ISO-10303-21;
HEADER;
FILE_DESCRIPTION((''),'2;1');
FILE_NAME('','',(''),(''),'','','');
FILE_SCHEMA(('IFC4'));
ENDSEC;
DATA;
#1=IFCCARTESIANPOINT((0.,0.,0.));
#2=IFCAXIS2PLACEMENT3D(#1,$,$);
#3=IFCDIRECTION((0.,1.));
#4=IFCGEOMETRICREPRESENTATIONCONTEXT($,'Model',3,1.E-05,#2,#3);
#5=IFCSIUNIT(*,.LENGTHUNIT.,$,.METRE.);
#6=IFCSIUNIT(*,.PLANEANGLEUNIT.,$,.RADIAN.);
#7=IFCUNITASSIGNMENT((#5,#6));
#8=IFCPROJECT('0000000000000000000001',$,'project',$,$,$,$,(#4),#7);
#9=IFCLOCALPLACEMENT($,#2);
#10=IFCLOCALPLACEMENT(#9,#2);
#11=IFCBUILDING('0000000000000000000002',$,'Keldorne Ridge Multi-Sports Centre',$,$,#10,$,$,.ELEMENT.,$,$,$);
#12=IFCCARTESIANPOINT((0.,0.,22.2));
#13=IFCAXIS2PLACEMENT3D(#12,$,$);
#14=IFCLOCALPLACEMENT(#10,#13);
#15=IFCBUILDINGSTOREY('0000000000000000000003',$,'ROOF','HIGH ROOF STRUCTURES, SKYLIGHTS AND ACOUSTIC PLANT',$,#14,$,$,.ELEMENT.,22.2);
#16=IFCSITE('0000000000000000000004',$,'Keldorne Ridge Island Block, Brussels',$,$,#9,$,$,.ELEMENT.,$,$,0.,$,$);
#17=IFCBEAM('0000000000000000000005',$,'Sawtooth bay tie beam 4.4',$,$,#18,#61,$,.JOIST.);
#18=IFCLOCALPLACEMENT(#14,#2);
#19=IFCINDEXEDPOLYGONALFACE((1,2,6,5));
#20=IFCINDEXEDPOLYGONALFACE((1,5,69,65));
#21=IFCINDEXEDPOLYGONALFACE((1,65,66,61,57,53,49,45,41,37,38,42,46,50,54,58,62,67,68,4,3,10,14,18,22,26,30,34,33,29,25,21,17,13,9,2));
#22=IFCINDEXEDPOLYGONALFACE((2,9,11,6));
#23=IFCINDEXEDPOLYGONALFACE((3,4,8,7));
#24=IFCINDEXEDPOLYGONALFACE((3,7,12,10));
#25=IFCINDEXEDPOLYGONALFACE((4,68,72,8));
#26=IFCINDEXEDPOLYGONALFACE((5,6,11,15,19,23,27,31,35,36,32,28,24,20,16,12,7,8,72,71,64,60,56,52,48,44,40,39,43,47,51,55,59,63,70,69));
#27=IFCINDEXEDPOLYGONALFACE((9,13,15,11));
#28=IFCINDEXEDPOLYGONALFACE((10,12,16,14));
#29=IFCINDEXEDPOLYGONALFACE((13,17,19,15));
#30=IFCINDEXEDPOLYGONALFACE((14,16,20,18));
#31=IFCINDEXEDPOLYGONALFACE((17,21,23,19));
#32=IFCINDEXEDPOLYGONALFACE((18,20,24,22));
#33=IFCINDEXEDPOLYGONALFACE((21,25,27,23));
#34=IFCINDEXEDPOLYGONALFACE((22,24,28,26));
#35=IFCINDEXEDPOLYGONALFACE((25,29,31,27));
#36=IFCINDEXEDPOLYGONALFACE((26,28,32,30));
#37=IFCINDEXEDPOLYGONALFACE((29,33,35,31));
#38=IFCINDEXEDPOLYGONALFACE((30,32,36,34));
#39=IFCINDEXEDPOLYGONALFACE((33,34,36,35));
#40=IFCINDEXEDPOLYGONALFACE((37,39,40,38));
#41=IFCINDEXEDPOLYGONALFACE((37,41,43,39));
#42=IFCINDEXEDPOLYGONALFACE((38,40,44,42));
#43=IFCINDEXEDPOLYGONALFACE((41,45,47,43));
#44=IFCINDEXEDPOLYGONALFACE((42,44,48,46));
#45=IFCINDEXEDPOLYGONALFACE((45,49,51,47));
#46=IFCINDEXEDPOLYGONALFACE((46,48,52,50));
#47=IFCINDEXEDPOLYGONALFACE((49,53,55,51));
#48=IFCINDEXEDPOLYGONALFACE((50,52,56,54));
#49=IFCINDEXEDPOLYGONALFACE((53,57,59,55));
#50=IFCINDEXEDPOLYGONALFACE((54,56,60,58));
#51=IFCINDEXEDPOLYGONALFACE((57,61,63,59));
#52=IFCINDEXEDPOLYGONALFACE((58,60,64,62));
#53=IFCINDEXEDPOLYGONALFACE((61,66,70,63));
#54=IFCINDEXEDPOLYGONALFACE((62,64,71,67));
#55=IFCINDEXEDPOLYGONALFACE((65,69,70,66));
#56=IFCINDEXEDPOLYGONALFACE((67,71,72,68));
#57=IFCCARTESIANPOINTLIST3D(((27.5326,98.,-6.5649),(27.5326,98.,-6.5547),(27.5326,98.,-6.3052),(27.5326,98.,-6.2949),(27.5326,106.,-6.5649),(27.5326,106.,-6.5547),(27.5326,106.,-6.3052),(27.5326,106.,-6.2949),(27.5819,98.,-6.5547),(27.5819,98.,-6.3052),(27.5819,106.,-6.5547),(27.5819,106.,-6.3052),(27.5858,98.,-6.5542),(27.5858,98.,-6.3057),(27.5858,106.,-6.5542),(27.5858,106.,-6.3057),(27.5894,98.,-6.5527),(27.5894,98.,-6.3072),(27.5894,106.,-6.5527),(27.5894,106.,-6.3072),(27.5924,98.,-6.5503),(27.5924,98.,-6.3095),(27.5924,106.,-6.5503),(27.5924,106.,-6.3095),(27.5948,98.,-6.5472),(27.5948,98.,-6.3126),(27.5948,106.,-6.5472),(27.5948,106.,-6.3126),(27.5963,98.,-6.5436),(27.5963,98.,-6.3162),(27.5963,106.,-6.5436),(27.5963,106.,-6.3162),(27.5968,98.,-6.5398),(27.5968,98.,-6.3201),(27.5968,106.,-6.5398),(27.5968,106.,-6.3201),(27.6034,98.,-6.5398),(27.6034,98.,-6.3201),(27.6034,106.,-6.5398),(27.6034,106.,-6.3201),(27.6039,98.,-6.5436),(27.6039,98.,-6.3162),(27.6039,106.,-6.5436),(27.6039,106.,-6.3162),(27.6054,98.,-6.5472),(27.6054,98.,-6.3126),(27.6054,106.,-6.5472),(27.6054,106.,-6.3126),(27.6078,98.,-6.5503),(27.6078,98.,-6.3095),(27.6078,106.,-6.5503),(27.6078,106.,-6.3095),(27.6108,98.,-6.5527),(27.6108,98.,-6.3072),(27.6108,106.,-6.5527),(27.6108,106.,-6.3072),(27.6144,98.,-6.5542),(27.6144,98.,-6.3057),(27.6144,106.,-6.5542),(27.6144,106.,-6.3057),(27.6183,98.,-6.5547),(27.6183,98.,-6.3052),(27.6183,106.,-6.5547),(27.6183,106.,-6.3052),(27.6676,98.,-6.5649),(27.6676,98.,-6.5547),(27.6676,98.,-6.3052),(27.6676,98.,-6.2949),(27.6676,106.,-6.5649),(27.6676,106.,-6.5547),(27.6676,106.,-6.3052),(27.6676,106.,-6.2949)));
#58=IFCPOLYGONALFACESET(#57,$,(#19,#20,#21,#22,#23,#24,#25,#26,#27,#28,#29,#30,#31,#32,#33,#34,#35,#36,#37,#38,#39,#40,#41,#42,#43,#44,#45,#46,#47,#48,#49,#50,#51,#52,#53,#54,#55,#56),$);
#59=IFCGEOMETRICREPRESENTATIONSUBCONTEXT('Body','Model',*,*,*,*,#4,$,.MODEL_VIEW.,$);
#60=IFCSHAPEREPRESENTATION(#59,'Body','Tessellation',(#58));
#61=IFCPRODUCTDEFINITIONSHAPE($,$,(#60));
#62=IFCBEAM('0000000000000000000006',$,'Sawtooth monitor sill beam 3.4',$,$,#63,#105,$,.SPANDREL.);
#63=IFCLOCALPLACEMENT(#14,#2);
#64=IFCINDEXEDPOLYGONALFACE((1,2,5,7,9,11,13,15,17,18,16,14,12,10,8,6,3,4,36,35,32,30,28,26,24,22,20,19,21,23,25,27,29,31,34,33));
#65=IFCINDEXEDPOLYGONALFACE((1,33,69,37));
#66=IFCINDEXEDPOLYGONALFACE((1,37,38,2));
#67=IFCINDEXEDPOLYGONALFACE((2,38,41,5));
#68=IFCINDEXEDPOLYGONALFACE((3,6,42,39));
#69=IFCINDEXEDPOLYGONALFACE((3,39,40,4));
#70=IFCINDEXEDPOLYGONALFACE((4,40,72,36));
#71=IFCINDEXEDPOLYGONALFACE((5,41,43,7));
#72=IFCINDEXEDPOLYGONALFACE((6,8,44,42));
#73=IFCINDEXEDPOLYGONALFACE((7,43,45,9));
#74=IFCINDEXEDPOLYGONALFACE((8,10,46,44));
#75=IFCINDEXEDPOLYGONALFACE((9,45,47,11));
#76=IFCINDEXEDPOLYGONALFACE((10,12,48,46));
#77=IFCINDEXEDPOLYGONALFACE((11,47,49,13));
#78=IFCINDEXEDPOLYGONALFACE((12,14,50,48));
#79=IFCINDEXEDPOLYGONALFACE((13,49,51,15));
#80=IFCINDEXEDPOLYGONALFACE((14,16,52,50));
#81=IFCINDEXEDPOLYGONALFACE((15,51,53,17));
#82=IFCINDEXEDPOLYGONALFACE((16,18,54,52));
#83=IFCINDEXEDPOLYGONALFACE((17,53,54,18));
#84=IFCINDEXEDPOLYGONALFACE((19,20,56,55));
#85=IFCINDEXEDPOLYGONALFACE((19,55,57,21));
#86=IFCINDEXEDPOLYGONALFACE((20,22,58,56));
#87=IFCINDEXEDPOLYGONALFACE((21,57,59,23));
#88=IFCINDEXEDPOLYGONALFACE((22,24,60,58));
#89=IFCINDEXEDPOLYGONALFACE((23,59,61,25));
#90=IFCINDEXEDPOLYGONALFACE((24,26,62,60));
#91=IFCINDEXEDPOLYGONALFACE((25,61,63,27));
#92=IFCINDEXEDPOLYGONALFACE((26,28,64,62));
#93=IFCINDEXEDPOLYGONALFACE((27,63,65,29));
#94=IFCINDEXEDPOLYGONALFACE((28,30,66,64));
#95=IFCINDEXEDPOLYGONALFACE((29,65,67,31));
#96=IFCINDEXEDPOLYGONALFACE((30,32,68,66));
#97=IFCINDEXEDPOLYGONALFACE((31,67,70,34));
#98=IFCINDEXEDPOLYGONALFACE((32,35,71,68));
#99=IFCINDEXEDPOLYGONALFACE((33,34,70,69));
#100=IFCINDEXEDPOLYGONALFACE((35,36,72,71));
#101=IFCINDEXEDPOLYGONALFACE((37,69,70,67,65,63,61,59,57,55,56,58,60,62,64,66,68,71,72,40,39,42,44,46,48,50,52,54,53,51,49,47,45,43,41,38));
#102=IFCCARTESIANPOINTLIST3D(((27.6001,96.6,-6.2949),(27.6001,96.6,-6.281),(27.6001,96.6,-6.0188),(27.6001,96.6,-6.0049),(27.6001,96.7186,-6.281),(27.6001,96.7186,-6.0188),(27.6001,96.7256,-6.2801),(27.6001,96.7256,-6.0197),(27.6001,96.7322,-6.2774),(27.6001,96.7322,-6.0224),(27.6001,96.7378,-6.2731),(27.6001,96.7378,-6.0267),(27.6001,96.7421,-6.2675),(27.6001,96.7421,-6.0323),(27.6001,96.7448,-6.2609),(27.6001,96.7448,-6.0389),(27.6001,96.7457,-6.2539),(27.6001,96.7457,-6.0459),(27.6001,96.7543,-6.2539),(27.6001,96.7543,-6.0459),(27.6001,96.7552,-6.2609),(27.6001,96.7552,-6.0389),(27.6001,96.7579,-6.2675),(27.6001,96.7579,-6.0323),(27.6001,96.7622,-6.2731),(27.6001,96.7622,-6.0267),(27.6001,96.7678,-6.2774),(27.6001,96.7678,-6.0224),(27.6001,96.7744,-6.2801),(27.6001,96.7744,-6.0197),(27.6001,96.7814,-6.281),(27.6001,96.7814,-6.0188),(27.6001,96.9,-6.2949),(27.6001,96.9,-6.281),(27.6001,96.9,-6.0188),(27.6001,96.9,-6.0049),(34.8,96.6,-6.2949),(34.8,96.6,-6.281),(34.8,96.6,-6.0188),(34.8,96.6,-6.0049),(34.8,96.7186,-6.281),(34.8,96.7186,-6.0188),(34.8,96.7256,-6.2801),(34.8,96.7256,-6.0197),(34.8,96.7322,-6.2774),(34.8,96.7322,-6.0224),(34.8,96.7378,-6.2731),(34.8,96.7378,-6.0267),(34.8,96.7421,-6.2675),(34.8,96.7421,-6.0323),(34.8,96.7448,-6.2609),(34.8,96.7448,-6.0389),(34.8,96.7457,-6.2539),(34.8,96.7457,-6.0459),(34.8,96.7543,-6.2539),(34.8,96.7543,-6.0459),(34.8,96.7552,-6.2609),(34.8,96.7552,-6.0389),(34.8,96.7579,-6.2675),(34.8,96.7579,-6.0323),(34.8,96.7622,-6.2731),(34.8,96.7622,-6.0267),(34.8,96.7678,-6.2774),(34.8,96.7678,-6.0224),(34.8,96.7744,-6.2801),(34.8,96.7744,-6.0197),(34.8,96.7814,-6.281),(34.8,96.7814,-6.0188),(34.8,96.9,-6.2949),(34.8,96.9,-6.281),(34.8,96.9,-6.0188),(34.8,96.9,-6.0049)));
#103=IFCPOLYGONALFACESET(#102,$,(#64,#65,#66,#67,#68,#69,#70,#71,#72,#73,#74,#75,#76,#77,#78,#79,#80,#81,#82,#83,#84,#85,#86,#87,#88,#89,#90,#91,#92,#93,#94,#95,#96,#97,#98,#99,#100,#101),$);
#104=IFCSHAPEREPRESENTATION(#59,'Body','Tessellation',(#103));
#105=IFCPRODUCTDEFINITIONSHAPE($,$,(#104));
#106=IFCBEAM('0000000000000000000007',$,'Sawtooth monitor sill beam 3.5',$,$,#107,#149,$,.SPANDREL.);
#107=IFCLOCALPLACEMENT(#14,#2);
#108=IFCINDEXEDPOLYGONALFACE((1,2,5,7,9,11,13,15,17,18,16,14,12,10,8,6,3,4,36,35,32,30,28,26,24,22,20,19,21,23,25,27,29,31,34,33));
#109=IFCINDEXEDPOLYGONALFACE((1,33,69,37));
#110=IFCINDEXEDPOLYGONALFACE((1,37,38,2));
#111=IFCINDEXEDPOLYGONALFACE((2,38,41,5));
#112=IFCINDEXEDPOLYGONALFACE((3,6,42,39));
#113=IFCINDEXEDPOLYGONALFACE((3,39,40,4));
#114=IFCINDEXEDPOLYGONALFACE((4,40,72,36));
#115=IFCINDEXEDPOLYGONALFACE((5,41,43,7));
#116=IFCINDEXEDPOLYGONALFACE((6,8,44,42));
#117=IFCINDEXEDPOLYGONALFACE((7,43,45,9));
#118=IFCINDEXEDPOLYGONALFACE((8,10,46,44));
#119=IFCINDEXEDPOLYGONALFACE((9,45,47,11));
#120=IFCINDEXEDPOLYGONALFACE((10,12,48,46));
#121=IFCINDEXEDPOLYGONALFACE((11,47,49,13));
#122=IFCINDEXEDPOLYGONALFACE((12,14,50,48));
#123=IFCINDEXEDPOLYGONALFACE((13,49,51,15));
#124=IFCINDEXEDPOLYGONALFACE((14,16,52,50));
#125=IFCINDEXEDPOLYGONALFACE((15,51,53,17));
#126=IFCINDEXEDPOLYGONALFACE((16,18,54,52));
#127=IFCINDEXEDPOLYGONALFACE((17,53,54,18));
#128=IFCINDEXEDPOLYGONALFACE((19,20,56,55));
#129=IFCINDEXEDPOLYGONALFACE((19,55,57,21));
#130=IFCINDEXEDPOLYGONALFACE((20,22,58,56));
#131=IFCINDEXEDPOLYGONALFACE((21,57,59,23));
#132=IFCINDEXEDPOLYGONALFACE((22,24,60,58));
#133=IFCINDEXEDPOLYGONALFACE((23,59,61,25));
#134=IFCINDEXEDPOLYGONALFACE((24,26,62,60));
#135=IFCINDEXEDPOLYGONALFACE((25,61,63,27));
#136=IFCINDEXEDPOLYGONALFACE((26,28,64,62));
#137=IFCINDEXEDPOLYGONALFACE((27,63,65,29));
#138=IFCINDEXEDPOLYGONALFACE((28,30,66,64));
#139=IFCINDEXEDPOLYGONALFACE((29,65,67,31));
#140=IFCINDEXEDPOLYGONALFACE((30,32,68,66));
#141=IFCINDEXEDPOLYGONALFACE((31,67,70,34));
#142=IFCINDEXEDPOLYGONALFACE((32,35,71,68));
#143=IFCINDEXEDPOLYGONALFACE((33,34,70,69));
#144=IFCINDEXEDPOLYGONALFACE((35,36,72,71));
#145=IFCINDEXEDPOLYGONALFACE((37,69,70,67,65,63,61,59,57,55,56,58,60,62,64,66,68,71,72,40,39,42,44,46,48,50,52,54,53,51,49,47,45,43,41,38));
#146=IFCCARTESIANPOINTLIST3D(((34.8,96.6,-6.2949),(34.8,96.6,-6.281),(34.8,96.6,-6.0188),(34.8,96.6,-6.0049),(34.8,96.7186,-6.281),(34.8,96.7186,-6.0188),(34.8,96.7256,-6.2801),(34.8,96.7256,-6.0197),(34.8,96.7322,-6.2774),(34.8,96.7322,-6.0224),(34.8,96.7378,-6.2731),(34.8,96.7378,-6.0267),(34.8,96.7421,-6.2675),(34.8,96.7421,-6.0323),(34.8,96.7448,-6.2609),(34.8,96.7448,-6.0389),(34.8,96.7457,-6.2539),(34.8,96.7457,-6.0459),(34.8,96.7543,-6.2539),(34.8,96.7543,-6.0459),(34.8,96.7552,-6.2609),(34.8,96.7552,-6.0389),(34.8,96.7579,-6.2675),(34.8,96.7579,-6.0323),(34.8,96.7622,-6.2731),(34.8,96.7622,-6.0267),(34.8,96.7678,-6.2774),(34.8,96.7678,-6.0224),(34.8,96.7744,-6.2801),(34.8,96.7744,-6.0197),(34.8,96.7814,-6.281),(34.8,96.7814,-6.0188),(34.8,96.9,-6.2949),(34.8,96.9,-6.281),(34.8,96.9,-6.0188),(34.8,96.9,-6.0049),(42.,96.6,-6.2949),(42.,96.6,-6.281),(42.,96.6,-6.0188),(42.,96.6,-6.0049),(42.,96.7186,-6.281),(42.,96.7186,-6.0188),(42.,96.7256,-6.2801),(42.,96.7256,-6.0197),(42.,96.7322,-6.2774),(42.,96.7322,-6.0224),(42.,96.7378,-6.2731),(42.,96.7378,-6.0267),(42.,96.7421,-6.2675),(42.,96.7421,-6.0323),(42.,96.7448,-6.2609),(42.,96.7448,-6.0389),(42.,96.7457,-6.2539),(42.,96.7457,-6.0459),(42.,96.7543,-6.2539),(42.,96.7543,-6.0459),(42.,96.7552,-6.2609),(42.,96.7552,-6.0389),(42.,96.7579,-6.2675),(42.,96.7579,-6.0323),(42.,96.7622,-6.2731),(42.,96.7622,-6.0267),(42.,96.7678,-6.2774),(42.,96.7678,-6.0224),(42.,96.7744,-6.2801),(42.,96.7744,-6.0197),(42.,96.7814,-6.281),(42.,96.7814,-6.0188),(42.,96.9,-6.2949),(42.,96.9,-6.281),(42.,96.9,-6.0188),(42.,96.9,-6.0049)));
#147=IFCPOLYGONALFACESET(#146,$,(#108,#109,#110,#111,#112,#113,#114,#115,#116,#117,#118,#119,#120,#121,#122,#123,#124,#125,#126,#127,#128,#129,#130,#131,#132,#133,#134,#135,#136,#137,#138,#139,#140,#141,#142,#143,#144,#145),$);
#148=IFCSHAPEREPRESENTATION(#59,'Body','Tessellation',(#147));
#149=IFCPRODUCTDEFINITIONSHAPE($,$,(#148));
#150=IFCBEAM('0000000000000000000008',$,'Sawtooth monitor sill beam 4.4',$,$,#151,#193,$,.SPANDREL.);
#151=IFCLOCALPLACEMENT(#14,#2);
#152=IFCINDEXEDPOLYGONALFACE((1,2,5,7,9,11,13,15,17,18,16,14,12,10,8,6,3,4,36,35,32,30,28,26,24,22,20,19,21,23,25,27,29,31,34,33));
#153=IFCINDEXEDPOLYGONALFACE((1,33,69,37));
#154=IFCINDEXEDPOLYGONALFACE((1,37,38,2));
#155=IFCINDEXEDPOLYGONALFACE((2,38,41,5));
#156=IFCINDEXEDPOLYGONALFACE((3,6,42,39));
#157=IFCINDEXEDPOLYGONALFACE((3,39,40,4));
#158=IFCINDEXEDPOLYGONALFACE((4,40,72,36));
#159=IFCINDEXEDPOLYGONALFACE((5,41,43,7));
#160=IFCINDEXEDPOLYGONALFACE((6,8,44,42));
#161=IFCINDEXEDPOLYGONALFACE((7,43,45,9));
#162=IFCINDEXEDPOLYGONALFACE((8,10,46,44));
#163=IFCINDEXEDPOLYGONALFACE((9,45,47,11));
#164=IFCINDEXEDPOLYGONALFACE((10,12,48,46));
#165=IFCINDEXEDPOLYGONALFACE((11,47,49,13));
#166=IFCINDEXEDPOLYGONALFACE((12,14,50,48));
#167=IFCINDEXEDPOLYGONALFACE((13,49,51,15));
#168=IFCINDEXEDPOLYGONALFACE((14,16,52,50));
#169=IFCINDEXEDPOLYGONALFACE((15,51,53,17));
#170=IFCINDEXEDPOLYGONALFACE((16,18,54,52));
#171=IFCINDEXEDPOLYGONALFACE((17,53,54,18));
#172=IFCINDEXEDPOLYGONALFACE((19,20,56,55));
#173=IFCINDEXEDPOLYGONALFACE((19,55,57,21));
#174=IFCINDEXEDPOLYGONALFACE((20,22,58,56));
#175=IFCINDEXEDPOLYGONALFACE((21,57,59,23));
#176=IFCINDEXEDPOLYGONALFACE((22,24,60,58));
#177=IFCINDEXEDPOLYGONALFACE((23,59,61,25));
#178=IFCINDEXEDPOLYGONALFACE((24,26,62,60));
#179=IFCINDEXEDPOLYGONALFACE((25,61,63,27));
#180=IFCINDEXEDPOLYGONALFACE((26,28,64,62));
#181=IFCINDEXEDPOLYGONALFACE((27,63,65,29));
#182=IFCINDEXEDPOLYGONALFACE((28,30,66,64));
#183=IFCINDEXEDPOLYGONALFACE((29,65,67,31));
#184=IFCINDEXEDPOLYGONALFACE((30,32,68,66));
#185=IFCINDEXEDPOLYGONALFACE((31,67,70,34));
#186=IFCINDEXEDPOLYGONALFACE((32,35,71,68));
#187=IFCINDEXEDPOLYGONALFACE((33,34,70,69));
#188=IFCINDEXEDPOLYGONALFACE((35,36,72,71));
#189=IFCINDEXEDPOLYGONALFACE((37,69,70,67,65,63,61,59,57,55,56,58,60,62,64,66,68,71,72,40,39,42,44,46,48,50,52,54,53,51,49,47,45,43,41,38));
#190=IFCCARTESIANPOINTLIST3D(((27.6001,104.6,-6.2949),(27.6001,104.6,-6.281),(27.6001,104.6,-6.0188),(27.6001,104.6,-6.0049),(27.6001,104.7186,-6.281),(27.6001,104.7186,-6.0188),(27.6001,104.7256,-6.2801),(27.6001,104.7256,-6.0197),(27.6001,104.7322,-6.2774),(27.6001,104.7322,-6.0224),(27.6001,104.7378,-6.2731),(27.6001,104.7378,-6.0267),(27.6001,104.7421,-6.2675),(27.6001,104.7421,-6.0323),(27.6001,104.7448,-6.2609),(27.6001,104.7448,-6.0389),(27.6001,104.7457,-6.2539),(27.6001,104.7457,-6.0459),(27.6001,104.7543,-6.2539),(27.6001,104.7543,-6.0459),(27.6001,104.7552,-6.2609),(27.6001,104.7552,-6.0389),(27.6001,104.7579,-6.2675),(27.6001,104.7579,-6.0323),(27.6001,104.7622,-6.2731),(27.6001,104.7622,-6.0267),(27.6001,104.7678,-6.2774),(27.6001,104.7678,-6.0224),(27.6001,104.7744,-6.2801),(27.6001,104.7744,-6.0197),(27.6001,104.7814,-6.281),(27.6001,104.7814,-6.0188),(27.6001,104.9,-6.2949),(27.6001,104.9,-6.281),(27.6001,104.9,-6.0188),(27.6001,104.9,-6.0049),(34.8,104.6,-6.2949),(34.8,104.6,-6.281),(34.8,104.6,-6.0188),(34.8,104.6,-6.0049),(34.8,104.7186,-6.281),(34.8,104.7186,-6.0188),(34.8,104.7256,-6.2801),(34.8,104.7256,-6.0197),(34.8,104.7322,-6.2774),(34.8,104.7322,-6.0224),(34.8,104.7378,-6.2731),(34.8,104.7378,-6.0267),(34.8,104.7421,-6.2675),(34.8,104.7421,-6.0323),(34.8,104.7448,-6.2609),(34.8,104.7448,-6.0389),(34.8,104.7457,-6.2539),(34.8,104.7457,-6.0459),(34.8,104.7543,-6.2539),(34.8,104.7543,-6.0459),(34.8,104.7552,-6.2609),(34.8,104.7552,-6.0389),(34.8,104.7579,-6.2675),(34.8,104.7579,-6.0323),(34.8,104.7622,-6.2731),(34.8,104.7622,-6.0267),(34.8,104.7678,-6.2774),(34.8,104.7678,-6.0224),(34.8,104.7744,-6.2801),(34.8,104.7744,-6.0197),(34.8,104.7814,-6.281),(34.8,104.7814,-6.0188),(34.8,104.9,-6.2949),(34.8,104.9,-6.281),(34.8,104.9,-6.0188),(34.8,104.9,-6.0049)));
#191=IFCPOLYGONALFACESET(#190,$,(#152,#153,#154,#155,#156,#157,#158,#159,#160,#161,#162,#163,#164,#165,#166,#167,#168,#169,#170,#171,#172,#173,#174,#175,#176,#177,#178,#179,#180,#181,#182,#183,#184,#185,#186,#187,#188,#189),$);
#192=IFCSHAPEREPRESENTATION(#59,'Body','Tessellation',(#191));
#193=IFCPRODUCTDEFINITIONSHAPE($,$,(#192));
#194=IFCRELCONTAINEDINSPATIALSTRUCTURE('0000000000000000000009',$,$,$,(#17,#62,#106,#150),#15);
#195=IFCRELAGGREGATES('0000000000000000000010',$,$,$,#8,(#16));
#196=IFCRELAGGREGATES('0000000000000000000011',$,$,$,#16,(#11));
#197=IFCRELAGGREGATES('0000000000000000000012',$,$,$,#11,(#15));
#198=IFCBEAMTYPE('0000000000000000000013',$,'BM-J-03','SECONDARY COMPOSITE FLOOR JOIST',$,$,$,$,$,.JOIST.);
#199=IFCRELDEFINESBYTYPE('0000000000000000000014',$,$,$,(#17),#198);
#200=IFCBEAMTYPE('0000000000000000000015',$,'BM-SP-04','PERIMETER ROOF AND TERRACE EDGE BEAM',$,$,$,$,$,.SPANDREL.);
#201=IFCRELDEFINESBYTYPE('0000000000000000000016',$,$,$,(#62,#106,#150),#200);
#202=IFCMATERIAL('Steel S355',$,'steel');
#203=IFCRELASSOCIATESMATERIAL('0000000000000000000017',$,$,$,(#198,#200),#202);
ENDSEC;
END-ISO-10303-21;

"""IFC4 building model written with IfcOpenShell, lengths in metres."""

from ifc_helpers import new_model, si_unit, direction, frame, origin, origin_2d, place, context, subcontext, project, spatial, i_section, extrude, material, material_profile, profile_set, type_object, element, save


model = new_model("IFC4")

# Units and contexts
model_context = context("Model", 3, precision=1e-05, world=origin(), true_north=direction((0.0, 1.0)))
body_context = subcontext(model_context, "Body", "Model", "MODEL_VIEW")
ifc_project = project(units=[si_unit("LENGTHUNIT", "METRE"), si_unit("PLANEANGLEUNIT", "RADIAN")], contexts=[model_context])

# Site, building, storey
site_placement = place(None, origin())
site = spatial("IfcSite", under=ifc_project, at=site_placement, Name="Keldorne Ridge Island Block, Brussels", CompositionType="ELEMENT", RefElevation=0.0)
building_placement = place(site_placement, origin())
building = spatial("IfcBuilding", under=site, at=building_placement, Name="Keldorne Ridge Multi-Sports Centre", CompositionType="ELEMENT")
storey_placement = place(building_placement, frame((0.0, 0.0, 22.2)))
storey = spatial("IfcBuildingStorey", under=building, at=storey_placement, Name="ROOF", Description="HIGH ROOF STRUCTURES, SKYLIGHTS AND ACOUSTIC PLANT", CompositionType="ELEMENT", Elevation=22.2)

# Beams
ifc_material_1 = material(Name="Steel S355", Category="steel")
ifc_material_profile_1 = material_profile(ifc_material_1, i_section(OverallWidth=0.135, OverallDepth=0.27, WebThickness=0.0066, FlangeThickness=0.0103, FilletRadius=0.0149, at=origin_2d()), Name="IPE 270")
ifc_profile_set_1 = profile_set([ifc_material_profile_1], Name="Steel S355")
beam_type_1 = type_object("IfcBeamType", Name="BM-J-03", Description="SECONDARY COMPOSITE FLOOR JOIST", PredefinedType="JOIST", material=ifc_profile_set_1)
beam_placement = place(storey_placement, frame((27.6001, 98.0, -6.4299), z_axis=(0.0, 1.0, 0.0), x_axis=(-1.0, 0.0, 0.0)))
element("IfcBeam", 1, at=beam_placement, inside=storey, type_object=beam_type_1, Name="Sawtooth bay tie beam 4.4", PredefinedType="JOIST", context=body_context, shape_type="SweptSolid", body=[
    extrude(i_section(OverallWidth=0.135, OverallDepth=0.27, WebThickness=0.0066, FlangeThickness=0.0103, FilletRadius=0.0149, at=origin_2d()), origin(), (0.0, 0.0, 1.0), 8.0),
])
ifc_material_profile_2 = material_profile(ifc_material_1, i_section(OverallWidth=0.3, OverallDepth=0.29, WebThickness=0.0085, FlangeThickness=0.0139, FilletRadius=0.0271, at=origin_2d()), Name="HEA 300")
ifc_profile_set_2 = profile_set([ifc_material_profile_2], Name="Steel S355")
beam_type_2 = type_object("IfcBeamType", Name="BM-SP-04", Description="PERIMETER ROOF AND TERRACE EDGE BEAM", PredefinedType="SPANDREL", material=ifc_profile_set_2)
for number, where, z_axis, x_axis, name in (
    (2, (27.6001, 96.75, -6.1499), (1.0, 0.0, 0.0), (0.0, 1.0, 0.0), "Sawtooth monitor sill beam 3.4"),
    (3, (34.8, 96.75, -6.1499), (1.0, 0.0, 0.0), (0.0, 1.0, 0.0), "Sawtooth monitor sill beam 3.5"),
    (4, (27.6001, 104.75, -6.1499), (1.0, 0.0, 0.0), (0.0, 1.0, 0.0), "Sawtooth monitor sill beam 4.4"),
):
    element("IfcBeam", number, at=place(storey_placement, frame(where, z_axis=z_axis, x_axis=x_axis)), inside=storey, type_object=beam_type_2, Name=name, PredefinedType="SPANDREL", context=body_context, shape_type="SweptSolid", body=[
        extrude(i_section(OverallWidth=0.3, OverallDepth=0.29, WebThickness=0.0085, FlangeThickness=0.0139, FilletRadius=0.0271, at=origin_2d()), origin(), (0.0, 0.0, 1.0), 7.2),
    ])

save(model, "model.ifc")
